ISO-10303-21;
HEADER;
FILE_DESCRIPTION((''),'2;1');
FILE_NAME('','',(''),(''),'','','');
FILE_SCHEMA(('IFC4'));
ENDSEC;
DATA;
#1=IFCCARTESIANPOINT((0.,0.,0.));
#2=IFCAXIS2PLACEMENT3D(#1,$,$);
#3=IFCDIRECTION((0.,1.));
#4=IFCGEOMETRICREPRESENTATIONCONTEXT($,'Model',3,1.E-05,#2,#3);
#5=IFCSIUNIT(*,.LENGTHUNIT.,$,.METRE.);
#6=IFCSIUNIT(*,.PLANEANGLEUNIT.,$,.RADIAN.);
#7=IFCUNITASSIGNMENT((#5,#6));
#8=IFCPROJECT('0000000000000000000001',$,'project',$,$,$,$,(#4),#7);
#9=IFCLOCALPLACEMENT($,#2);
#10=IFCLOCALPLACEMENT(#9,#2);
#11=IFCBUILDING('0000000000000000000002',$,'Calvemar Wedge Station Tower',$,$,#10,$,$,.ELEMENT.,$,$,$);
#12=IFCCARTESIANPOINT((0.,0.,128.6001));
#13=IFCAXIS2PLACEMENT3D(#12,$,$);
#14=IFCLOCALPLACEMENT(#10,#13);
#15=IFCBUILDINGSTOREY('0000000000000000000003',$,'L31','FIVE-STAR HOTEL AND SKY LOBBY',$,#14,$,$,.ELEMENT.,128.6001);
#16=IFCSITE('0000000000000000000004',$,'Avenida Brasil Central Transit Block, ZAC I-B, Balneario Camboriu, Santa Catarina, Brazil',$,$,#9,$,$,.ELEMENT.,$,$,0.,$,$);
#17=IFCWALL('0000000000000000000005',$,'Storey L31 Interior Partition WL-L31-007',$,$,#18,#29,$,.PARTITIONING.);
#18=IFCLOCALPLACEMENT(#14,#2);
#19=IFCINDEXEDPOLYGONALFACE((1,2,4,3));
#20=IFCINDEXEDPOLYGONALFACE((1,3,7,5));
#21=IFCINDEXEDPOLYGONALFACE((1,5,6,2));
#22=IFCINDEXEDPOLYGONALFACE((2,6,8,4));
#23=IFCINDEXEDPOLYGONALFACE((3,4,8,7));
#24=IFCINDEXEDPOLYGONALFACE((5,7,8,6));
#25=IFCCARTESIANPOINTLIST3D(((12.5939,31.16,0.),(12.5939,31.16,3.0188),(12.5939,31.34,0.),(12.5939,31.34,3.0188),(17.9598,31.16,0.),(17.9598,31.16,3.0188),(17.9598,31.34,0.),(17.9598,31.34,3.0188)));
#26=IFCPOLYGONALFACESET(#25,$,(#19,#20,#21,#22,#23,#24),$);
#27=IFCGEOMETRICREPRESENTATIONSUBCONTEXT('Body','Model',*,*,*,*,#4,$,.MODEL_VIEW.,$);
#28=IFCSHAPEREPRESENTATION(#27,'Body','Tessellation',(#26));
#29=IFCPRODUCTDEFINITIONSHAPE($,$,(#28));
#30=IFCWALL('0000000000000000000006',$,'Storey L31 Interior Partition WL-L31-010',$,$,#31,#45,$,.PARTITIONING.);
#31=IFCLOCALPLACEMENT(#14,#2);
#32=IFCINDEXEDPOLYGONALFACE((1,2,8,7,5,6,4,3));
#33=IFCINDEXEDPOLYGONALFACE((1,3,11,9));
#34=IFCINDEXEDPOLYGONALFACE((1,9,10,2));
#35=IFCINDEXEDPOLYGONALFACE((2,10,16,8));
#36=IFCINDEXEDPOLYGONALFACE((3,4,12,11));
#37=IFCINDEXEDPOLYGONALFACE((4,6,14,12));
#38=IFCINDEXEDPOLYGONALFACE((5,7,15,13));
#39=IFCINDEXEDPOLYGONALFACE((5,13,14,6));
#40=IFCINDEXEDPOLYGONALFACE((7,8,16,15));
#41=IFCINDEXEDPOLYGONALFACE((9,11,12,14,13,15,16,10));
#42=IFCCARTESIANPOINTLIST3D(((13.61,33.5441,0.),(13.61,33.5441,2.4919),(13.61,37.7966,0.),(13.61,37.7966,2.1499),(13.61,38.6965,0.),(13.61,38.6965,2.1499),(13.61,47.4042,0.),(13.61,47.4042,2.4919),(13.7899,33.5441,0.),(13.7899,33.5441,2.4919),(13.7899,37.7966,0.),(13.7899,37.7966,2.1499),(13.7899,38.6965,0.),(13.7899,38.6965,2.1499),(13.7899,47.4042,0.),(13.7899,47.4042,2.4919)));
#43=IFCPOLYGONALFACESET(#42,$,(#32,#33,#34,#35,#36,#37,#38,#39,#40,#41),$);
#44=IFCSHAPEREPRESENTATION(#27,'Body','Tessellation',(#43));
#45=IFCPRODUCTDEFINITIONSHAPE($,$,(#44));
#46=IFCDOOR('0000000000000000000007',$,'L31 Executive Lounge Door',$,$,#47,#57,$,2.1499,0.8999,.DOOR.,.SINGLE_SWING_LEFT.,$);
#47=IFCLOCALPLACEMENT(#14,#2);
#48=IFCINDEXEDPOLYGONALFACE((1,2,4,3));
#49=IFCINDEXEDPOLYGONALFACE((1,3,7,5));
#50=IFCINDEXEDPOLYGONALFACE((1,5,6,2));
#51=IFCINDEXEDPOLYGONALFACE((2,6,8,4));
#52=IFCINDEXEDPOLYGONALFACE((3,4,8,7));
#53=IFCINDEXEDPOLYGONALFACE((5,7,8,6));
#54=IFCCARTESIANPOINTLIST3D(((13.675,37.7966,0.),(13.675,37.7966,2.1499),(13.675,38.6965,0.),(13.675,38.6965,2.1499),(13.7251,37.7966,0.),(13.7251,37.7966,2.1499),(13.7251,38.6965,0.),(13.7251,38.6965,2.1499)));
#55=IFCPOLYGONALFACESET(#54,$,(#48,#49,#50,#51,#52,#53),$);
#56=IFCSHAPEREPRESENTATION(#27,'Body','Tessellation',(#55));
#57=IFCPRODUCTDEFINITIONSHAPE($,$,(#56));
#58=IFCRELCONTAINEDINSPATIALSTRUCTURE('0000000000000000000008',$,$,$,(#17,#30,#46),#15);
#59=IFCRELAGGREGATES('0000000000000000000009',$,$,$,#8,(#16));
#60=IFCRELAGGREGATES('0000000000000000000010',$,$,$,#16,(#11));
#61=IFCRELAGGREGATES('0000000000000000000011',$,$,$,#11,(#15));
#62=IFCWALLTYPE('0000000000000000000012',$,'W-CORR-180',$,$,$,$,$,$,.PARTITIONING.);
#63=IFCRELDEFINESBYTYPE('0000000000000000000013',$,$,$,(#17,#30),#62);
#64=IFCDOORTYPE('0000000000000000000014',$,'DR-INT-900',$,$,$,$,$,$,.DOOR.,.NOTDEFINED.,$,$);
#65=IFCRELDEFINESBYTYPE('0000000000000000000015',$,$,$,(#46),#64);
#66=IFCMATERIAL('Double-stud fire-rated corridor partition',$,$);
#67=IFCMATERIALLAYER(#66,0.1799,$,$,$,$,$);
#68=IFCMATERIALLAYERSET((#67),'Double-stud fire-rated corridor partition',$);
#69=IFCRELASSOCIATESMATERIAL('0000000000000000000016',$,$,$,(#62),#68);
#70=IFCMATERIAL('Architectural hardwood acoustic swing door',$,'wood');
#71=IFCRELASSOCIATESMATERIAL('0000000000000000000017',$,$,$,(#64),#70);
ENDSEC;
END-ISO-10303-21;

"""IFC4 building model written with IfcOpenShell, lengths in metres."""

from ifc_helpers import new_model, si_unit, direction, frame, frame_2d, origin, place, context, subcontext, project, spatial, rectangle, extrude, source, transform, mapped, material, layer, layer_set, type_object, element, fill, save


model = new_model("IFC4")

# Units and contexts
model_context = context("Model", 3, precision=1e-05, world=origin(), true_north=direction((0.0, 1.0)))
body_context = subcontext(model_context, "Body", "Model", "MODEL_VIEW")
ifc_project = project(units=[si_unit("LENGTHUNIT", "METRE"), si_unit("PLANEANGLEUNIT", "RADIAN")], contexts=[model_context])

# Site, building, storey
site_placement = place(None, origin())
site = spatial("IfcSite", under=ifc_project, at=site_placement, Name="Avenida Brasil Central Transit Block, ZAC I-B, Balneario Camboriu, Santa Catarina, Brazil", CompositionType="ELEMENT", RefElevation=0.0)
building_placement = place(site_placement, origin())
building = spatial("IfcBuilding", under=site, at=building_placement, Name="Calvemar Wedge Station Tower", CompositionType="ELEMENT")
storey_placement = place(building_placement, frame((0.0, 0.0, 128.6001)))
storey = spatial("IfcBuildingStorey", under=building, at=storey_placement, Name="L31", Description="FIVE-STAR HOTEL AND SKY LOBBY", CompositionType="ELEMENT", Elevation=128.6001)

# Wall
ifc_material_1 = material(Name="Double-stud fire-rated corridor partition")
ifc_layer_1 = layer(ifc_material_1, 0.1799)
ifc_layer_set_1 = layer_set([ifc_layer_1], Name="Double-stud fire-rated corridor partition")
wall_type_1 = type_object("IfcWallType", Name="W-CORR-180", PredefinedType="PARTITIONING", material=ifc_layer_set_1)
wall_1_placement = place(storey_placement, frame((17.96, 31.25, 0.0), z_axis=(0.0, 0.0, 1.0), x_axis=(-1.0, 0.0, 0.0)))
element("IfcWall", 1, at=wall_1_placement, inside=storey, type_object=wall_type_1, Name="Storey L31 Interior Partition WL-L31-007", PredefinedType="PARTITIONING", context=body_context, shape_type="SweptSolid", body=[
    extrude(rectangle(XDim=5.366, YDim=0.1799, at=frame_2d((2.6831, 0.0))), origin(), (0.0, 0.0, 1.0), 3.0188),
])

# Wall, opening, door
wall_2_placement = place(storey_placement, frame((13.7, 33.5439, 0.0), z_axis=(0.0, 0.0, 1.0), x_axis=(0.0, 1.0, 0.0)))
wall_2 = element("IfcWall", 2, at=wall_2_placement, inside=storey, type_object=wall_type_1, Name="Storey L31 Interior Partition WL-L31-010", PredefinedType="PARTITIONING", context=body_context, shape_type="SweptSolid", body=[
    extrude(rectangle(XDim=13.8601, YDim=0.1799, at=frame_2d((6.9302, 0.0))), origin(), (0.0, 0.0, 1.0), 2.4919),
])
shared_shape_1 = source(origin(), body_context, "Body", "SweptSolid", [
    extrude(rectangle(XDim=0.8999, YDim=2.1499, at=frame_2d((0.45, 1.075))), frame((0.0, 0.1001, 0.0), z_axis=(0.0, -1.0, 0.0), x_axis=(1.0, 0.0, 0.0)), (0.0, 0.0, 1.0), 0.2),
])
opening_1_placement = place(wall_2_placement, frame((4.2527, 0.0, 0.0)))
opening_1 = element("IfcOpeningElement", 3, at=opening_1_placement, cuts=wall_2, PredefinedType="OPENING", context=body_context, shape_type="MappedRepresentation", body=[
    mapped(shared_shape_1, transform((0.0, 0.0, 0.0), scale=1.0)),
])
ifc_material_2 = material(Name="Architectural hardwood acoustic swing door", Category="wood")
door_type_1 = type_object("IfcDoorType", Name="DR-INT-900", OperationType="NOTDEFINED", PredefinedType="DOOR", material=ifc_material_2)
shared_shape_2 = source(origin(), body_context, "Body", "SweptSolid", [
    extrude(rectangle(XDim=0.8999, YDim=2.1499, at=frame_2d((0.45, 1.075))), frame((0.0, 0.0249, 0.0), z_axis=(0.0, -1.0, 0.0), x_axis=(1.0, 0.0, 0.0)), (0.0, 0.0, 1.0), 0.05),
])
door_1_placement = place(opening_1_placement, origin())
door_1 = element("IfcDoor", 4, at=door_1_placement, inside=storey, type_object=door_type_1, Name="L31 Executive Lounge Door", OperationType="SINGLE_SWING_LEFT", OverallHeight=2.1499, OverallWidth=0.8999, PredefinedType="DOOR", context=body_context, shape_type="MappedRepresentation", body=[
    mapped(shared_shape_2, transform((0.0, 0.0, 0.0), scale=1.0)),
])
fill(opening_1, door_1)

save(model, "model.ifc")
